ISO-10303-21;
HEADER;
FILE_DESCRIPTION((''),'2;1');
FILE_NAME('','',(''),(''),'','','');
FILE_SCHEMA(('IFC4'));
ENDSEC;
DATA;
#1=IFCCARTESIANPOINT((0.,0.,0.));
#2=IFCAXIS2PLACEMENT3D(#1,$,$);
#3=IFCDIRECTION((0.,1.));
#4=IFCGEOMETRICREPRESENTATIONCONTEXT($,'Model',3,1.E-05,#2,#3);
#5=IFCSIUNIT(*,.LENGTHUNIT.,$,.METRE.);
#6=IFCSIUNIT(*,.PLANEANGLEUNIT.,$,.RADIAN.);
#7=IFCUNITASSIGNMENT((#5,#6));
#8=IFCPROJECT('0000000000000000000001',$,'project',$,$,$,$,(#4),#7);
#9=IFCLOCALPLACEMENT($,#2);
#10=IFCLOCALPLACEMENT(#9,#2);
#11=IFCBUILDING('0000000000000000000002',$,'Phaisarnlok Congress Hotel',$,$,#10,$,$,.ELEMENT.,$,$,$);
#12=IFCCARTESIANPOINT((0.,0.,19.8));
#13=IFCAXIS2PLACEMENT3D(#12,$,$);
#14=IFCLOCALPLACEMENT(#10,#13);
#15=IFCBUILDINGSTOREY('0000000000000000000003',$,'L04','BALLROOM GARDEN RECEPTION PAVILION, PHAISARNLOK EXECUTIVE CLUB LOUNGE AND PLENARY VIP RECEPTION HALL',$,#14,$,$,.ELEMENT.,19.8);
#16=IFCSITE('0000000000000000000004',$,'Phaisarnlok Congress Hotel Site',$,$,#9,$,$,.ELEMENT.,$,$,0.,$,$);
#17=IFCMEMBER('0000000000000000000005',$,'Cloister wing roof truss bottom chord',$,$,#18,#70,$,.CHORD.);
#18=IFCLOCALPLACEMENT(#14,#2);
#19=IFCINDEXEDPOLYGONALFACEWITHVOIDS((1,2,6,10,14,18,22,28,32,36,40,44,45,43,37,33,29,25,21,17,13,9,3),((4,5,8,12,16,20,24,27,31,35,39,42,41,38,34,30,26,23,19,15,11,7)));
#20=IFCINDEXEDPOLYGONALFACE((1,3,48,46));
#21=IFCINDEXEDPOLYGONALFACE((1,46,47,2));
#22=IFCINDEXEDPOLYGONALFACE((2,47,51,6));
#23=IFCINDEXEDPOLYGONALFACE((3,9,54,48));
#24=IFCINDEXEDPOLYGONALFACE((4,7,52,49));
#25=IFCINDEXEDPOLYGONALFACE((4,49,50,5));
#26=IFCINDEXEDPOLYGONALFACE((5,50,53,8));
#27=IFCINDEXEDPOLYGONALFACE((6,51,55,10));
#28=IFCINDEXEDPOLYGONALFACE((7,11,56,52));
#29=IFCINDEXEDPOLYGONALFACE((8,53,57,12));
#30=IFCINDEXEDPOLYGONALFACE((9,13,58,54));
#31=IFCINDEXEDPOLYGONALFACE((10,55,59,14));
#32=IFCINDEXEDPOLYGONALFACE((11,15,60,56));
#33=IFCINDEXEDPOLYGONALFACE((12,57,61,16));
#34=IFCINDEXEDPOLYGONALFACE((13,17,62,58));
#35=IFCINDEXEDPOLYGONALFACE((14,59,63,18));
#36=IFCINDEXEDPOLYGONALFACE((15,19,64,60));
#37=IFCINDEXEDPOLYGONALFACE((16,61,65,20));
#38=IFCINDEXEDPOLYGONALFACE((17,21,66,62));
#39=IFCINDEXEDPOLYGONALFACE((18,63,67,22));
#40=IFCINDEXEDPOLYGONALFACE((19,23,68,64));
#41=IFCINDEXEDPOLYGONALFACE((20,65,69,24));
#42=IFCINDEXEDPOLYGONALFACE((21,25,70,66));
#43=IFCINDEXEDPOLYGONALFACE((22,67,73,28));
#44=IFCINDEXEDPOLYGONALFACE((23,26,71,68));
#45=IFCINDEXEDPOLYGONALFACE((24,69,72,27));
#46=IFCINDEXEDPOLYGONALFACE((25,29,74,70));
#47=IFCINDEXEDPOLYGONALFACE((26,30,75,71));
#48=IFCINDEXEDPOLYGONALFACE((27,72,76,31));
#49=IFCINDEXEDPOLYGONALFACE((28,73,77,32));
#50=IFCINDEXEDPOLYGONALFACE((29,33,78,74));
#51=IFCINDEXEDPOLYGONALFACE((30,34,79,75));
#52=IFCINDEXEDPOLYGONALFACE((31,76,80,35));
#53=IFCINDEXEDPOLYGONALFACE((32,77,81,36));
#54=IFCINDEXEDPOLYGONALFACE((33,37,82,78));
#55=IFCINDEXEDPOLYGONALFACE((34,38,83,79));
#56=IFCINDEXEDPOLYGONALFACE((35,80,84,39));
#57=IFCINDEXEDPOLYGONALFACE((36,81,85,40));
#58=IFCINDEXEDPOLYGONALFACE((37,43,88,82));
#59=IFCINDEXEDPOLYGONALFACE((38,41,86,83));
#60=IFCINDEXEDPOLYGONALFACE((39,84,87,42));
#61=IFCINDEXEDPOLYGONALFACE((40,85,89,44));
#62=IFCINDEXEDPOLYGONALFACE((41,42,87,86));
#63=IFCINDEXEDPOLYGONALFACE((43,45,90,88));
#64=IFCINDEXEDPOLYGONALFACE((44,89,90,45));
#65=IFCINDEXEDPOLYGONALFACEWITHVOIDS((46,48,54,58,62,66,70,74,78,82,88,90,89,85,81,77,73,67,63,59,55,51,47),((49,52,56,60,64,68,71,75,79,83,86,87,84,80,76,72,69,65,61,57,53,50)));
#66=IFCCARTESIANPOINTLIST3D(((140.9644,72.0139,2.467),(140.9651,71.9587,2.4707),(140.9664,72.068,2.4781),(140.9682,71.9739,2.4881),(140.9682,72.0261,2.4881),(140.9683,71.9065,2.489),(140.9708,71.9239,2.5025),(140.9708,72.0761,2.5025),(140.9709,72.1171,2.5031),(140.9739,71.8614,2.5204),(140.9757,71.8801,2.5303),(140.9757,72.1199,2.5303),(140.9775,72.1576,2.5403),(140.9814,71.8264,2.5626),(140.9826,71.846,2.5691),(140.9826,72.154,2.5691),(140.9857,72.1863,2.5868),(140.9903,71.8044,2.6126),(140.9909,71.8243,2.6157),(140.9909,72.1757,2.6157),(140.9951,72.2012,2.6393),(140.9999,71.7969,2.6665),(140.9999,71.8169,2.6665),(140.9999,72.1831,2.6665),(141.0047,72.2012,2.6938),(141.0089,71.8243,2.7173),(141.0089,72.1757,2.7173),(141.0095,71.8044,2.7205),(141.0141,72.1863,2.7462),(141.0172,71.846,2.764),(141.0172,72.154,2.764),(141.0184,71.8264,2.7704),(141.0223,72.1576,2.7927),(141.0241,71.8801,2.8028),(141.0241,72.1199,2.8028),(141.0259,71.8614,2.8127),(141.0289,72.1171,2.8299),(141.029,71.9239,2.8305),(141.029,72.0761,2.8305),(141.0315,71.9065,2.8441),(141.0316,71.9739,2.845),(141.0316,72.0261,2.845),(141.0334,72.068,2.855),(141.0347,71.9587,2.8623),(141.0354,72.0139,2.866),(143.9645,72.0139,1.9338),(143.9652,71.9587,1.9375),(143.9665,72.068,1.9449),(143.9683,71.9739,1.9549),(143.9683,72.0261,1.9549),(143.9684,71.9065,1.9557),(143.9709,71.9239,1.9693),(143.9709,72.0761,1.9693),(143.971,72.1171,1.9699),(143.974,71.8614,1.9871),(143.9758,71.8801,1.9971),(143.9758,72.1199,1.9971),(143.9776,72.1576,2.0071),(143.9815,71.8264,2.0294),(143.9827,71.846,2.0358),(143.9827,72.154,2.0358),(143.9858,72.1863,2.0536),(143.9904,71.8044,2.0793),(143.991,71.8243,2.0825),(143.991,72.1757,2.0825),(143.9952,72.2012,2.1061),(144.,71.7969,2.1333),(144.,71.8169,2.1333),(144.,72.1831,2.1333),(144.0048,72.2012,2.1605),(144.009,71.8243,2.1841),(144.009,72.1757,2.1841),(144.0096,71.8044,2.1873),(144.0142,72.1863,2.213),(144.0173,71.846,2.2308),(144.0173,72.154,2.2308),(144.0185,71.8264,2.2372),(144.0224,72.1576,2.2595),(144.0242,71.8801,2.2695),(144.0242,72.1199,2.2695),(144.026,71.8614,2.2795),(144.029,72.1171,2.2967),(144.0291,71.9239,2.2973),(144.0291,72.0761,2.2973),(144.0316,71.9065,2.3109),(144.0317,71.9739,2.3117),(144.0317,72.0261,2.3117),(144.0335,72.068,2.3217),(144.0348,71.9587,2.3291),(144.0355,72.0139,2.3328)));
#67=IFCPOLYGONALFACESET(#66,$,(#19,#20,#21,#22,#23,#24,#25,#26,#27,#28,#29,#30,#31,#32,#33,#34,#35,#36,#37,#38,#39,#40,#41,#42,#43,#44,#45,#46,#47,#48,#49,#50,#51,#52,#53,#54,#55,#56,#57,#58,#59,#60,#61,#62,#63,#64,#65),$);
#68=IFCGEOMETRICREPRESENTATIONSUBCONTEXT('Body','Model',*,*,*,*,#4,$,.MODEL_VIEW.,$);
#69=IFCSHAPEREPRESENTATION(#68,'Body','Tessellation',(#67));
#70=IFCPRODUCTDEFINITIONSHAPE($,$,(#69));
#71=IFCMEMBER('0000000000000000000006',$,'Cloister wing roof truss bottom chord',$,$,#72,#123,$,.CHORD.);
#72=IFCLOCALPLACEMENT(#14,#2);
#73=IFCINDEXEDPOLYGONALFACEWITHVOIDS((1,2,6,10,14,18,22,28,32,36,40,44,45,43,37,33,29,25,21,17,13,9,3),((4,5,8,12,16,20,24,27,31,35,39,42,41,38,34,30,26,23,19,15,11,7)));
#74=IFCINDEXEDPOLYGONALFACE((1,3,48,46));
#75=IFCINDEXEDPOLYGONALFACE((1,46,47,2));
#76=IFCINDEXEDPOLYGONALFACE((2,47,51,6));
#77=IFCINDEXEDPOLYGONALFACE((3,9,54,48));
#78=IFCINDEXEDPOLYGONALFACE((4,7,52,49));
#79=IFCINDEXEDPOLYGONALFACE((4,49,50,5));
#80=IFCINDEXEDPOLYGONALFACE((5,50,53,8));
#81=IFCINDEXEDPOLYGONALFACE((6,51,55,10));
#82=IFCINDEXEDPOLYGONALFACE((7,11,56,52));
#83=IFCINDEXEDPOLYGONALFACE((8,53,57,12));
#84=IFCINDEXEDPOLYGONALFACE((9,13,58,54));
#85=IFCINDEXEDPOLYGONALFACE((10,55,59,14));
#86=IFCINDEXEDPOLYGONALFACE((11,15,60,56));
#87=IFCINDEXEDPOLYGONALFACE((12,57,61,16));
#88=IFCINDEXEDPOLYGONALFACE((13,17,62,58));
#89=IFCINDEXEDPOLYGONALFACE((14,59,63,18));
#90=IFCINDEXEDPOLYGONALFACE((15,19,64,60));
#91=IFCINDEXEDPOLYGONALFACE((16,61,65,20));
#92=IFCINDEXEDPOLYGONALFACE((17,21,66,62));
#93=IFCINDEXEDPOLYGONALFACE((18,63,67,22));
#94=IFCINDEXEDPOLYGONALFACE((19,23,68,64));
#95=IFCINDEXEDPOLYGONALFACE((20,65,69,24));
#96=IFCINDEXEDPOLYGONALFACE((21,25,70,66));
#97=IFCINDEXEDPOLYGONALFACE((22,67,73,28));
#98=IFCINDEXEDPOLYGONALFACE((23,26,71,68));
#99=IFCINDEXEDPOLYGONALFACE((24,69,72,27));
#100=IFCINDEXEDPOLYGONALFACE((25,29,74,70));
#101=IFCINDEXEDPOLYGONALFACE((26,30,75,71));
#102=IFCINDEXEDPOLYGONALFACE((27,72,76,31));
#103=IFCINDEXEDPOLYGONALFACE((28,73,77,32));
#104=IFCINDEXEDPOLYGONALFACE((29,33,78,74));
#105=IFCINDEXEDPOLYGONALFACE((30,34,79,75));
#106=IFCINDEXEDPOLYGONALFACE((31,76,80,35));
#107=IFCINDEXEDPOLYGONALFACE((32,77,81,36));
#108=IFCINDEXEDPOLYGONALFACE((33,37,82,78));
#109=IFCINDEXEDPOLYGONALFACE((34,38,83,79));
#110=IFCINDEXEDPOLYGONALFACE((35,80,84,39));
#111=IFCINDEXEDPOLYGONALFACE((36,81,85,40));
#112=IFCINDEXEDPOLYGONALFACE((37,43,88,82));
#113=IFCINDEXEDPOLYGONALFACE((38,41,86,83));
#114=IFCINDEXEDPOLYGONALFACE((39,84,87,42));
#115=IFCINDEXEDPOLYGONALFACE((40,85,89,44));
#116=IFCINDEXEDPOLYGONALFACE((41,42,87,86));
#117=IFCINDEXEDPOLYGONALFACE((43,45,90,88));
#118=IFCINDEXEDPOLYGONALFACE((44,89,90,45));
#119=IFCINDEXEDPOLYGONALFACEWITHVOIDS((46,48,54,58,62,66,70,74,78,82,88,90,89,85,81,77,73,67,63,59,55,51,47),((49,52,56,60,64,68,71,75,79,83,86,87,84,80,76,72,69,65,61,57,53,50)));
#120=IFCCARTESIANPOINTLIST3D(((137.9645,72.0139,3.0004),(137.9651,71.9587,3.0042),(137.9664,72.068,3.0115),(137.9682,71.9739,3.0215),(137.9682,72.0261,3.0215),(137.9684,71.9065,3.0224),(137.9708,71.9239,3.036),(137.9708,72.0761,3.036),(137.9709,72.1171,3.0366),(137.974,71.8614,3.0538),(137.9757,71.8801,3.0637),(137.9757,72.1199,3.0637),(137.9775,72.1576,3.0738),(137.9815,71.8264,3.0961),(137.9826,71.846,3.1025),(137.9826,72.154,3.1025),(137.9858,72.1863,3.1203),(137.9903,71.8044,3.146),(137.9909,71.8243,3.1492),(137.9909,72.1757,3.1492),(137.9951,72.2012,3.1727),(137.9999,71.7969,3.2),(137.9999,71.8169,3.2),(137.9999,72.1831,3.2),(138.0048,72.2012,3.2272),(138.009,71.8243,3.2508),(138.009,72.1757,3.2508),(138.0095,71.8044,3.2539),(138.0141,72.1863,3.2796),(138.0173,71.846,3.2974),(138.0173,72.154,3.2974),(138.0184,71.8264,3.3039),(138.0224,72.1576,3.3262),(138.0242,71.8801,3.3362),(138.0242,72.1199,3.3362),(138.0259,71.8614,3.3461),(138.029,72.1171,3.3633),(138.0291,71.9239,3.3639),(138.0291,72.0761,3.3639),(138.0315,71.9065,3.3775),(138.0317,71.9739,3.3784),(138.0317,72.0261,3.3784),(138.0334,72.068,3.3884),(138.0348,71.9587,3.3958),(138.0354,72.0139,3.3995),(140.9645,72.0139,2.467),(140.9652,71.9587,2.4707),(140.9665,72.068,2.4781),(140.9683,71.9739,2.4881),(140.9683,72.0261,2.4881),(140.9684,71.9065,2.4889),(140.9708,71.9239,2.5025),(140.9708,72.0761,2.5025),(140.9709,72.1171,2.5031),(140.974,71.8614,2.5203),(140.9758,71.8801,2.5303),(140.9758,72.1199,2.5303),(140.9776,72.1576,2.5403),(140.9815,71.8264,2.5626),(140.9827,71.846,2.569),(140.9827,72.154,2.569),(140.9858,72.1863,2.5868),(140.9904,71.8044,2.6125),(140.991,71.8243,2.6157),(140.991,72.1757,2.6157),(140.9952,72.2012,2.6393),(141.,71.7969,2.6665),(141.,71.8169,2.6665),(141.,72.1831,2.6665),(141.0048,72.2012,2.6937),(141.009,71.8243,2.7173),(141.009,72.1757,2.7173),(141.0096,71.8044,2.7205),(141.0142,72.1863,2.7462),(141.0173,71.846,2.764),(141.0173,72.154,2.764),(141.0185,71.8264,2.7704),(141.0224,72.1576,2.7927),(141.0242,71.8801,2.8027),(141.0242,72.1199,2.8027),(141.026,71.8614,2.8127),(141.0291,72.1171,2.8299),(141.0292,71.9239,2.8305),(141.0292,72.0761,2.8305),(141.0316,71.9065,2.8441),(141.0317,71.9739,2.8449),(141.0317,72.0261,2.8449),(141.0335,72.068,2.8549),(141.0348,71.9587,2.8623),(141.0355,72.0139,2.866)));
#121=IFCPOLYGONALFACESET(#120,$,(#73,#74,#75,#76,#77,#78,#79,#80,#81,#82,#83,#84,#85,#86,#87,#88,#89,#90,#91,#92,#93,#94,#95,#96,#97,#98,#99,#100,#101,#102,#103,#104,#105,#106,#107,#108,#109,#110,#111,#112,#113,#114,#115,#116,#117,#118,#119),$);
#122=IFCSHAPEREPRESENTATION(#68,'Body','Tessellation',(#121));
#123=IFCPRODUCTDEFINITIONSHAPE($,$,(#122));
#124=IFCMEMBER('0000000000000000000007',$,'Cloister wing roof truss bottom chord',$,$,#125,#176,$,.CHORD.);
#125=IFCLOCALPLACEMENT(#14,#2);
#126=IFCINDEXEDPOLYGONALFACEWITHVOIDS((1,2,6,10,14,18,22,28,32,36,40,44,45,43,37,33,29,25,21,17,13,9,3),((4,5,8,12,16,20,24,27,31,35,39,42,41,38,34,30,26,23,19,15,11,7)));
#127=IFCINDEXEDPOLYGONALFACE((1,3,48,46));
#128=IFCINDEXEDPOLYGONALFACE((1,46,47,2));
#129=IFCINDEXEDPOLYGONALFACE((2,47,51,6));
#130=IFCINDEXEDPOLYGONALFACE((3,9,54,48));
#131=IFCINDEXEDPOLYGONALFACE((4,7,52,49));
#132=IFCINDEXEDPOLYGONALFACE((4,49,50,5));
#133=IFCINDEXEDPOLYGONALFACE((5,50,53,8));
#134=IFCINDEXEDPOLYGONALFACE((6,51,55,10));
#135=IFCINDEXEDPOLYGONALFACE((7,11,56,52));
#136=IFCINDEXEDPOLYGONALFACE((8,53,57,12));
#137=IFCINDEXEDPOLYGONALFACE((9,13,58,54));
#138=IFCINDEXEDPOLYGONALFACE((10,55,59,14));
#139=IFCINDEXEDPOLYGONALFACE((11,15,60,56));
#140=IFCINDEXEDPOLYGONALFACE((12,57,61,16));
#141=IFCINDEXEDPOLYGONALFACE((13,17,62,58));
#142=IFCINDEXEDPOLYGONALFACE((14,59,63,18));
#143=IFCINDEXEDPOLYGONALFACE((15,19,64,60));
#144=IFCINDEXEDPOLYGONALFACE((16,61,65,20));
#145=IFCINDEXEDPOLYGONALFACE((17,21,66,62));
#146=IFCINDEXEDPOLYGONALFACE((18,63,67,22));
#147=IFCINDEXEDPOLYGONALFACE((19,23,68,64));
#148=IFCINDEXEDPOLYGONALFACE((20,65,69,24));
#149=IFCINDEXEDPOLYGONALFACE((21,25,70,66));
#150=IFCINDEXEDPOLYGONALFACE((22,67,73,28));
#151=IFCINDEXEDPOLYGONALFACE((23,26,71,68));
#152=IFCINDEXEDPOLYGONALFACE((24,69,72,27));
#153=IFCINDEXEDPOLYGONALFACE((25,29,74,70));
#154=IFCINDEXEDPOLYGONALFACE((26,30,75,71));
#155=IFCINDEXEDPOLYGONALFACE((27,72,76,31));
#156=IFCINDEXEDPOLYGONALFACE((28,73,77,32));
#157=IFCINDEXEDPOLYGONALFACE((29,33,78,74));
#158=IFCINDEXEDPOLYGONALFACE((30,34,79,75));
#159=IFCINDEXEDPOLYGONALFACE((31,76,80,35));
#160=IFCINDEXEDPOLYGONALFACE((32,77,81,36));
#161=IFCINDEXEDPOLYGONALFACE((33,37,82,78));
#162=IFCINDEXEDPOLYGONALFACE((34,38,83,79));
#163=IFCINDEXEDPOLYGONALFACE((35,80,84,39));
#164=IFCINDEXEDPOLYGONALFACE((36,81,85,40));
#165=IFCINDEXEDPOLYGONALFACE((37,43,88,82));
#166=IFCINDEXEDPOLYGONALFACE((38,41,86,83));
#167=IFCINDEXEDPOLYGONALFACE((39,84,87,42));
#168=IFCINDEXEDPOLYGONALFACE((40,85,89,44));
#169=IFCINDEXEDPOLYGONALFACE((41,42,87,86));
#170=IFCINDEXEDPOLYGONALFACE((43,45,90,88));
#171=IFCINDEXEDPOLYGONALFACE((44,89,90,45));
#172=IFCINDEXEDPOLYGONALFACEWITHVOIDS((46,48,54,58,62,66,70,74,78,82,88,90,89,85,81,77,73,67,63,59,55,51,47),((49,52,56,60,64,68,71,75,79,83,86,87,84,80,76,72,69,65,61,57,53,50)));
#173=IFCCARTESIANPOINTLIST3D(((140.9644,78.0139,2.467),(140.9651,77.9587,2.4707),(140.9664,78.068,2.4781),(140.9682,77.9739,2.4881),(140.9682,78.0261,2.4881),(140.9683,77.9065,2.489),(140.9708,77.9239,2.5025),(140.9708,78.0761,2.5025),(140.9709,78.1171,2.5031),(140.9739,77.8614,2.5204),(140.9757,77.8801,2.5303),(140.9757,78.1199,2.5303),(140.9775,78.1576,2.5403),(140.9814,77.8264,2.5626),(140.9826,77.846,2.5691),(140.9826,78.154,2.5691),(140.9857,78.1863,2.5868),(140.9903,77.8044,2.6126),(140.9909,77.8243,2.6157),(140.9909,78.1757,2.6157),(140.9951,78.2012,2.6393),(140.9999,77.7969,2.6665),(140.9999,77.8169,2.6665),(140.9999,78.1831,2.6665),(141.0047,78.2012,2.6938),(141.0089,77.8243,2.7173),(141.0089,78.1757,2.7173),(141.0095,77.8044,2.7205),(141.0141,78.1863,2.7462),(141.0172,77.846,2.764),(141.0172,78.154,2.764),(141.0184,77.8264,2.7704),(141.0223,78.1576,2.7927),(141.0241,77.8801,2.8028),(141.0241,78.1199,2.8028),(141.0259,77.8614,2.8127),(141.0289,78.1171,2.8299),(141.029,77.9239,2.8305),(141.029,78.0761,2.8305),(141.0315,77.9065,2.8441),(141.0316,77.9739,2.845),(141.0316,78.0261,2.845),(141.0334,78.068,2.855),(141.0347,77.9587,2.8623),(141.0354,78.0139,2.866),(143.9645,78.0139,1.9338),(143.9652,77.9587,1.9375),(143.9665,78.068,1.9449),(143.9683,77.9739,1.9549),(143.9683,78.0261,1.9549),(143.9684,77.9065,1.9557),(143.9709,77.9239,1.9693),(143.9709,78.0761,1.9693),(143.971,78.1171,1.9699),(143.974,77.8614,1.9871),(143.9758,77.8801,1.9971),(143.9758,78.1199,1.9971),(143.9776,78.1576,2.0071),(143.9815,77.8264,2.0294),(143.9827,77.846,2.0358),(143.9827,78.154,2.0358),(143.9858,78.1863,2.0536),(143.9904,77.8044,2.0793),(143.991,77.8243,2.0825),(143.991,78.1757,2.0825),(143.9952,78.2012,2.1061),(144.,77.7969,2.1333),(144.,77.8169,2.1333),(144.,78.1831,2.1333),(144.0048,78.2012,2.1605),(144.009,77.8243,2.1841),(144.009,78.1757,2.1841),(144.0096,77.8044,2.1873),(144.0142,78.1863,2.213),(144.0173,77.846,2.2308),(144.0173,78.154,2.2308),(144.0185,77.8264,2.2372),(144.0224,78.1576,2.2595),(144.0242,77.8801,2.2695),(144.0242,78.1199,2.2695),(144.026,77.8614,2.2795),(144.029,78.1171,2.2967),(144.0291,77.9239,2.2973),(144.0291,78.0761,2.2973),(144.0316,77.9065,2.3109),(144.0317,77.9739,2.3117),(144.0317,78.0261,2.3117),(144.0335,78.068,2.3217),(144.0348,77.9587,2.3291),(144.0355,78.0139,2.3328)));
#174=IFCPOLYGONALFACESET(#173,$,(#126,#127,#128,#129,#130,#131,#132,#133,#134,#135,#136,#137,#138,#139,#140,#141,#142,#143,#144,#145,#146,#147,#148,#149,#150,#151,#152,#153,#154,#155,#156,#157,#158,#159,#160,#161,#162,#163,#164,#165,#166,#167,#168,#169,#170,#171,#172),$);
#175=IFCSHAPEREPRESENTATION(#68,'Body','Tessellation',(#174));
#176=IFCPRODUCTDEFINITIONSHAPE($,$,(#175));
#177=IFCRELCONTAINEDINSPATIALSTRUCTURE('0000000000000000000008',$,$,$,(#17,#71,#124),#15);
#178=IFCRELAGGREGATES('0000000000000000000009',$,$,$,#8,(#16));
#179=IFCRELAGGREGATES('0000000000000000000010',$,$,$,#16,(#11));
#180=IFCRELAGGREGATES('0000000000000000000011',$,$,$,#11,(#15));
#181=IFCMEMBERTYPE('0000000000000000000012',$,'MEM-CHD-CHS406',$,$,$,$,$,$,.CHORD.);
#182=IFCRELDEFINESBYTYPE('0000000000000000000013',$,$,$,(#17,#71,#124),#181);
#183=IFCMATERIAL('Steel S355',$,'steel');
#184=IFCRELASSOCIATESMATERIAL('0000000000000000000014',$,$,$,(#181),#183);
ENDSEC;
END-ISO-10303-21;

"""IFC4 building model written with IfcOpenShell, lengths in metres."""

from ifc_helpers import new_model, si_unit, direction, frame, origin, origin_2d, place, context, subcontext, project, spatial, hollow_circle, extrude, material, material_profile, profile_set, type_object, element, save


model = new_model("IFC4")

# Units and contexts
model_context = context("Model", 3, precision=1e-05, world=origin(), true_north=direction((0.0, 1.0)))
body_context = subcontext(model_context, "Body", "Model", "MODEL_VIEW")
ifc_project = project(units=[si_unit("LENGTHUNIT", "METRE"), si_unit("PLANEANGLEUNIT", "RADIAN")], contexts=[model_context])

# Site, building, storey
site_placement = place(None, origin())
site = spatial("IfcSite", under=ifc_project, at=site_placement, Name="Phaisarnlok Congress Hotel Site", CompositionType="ELEMENT", RefElevation=0.0)
building_placement = place(site_placement, origin())
building = spatial("IfcBuilding", under=site, at=building_placement, Name="Phaisarnlok Congress Hotel", CompositionType="ELEMENT")
storey_placement = place(building_placement, frame((0.0, 0.0, 19.8)))
storey = spatial("IfcBuildingStorey", under=building, at=storey_placement, Name="L04", Description="BALLROOM GARDEN RECEPTION PAVILION, PHAISARNLOK EXECUTIVE CLUB LOUNGE AND PLENARY VIP RECEPTION HALL", CompositionType="ELEMENT", Elevation=19.8)

# Shared definitions
ifc_material = material(Name="Steel S355", Category="steel")

# Members
ifc_material_profile_1 = material_profile(ifc_material, hollow_circle(Radius=0.2031, WallThickness=0.02, at=origin_2d()), Name="CHS 406.4x20")
ifc_profile_set_1 = profile_set([ifc_material_profile_1], Name="Steel S355")
member_type_1 = type_object("IfcMemberType", Name="MEM-CHD-CHS406", PredefinedType="CHORD", material=ifc_profile_set_1)
for number, where, z_axis, x_axis, name in (
    (1, (144.0, 72.0, 2.1333), (-0.98457, 0.0, 0.174992), (0.0, -1.0, 0.0), "Cloister wing roof truss bottom chord"),
    (2, (141.0, 72.0, 2.6665), (-0.984556, 0.0, 0.17507), (0.0, -1.0, 0.0), "Cloister wing roof truss bottom chord"),
    (3, (144.0, 78.0, 2.1333), (-0.98457, 0.0, 0.174992), (0.0, -1.0, 0.0), "Cloister wing roof truss bottom chord"),
):
    element("IfcMember", number, at=place(storey_placement, frame(where, z_axis=z_axis, x_axis=x_axis)), inside=storey, type_object=member_type_1, Name=name, PredefinedType="CHORD", context=body_context, shape_type="SweptSolid", body=[
        extrude(hollow_circle(Radius=0.2031, WallThickness=0.02, at=origin_2d()), origin(), (0.0, 0.0, 1.0), 3.0471),
    ])

save(model, "model.ifc")
